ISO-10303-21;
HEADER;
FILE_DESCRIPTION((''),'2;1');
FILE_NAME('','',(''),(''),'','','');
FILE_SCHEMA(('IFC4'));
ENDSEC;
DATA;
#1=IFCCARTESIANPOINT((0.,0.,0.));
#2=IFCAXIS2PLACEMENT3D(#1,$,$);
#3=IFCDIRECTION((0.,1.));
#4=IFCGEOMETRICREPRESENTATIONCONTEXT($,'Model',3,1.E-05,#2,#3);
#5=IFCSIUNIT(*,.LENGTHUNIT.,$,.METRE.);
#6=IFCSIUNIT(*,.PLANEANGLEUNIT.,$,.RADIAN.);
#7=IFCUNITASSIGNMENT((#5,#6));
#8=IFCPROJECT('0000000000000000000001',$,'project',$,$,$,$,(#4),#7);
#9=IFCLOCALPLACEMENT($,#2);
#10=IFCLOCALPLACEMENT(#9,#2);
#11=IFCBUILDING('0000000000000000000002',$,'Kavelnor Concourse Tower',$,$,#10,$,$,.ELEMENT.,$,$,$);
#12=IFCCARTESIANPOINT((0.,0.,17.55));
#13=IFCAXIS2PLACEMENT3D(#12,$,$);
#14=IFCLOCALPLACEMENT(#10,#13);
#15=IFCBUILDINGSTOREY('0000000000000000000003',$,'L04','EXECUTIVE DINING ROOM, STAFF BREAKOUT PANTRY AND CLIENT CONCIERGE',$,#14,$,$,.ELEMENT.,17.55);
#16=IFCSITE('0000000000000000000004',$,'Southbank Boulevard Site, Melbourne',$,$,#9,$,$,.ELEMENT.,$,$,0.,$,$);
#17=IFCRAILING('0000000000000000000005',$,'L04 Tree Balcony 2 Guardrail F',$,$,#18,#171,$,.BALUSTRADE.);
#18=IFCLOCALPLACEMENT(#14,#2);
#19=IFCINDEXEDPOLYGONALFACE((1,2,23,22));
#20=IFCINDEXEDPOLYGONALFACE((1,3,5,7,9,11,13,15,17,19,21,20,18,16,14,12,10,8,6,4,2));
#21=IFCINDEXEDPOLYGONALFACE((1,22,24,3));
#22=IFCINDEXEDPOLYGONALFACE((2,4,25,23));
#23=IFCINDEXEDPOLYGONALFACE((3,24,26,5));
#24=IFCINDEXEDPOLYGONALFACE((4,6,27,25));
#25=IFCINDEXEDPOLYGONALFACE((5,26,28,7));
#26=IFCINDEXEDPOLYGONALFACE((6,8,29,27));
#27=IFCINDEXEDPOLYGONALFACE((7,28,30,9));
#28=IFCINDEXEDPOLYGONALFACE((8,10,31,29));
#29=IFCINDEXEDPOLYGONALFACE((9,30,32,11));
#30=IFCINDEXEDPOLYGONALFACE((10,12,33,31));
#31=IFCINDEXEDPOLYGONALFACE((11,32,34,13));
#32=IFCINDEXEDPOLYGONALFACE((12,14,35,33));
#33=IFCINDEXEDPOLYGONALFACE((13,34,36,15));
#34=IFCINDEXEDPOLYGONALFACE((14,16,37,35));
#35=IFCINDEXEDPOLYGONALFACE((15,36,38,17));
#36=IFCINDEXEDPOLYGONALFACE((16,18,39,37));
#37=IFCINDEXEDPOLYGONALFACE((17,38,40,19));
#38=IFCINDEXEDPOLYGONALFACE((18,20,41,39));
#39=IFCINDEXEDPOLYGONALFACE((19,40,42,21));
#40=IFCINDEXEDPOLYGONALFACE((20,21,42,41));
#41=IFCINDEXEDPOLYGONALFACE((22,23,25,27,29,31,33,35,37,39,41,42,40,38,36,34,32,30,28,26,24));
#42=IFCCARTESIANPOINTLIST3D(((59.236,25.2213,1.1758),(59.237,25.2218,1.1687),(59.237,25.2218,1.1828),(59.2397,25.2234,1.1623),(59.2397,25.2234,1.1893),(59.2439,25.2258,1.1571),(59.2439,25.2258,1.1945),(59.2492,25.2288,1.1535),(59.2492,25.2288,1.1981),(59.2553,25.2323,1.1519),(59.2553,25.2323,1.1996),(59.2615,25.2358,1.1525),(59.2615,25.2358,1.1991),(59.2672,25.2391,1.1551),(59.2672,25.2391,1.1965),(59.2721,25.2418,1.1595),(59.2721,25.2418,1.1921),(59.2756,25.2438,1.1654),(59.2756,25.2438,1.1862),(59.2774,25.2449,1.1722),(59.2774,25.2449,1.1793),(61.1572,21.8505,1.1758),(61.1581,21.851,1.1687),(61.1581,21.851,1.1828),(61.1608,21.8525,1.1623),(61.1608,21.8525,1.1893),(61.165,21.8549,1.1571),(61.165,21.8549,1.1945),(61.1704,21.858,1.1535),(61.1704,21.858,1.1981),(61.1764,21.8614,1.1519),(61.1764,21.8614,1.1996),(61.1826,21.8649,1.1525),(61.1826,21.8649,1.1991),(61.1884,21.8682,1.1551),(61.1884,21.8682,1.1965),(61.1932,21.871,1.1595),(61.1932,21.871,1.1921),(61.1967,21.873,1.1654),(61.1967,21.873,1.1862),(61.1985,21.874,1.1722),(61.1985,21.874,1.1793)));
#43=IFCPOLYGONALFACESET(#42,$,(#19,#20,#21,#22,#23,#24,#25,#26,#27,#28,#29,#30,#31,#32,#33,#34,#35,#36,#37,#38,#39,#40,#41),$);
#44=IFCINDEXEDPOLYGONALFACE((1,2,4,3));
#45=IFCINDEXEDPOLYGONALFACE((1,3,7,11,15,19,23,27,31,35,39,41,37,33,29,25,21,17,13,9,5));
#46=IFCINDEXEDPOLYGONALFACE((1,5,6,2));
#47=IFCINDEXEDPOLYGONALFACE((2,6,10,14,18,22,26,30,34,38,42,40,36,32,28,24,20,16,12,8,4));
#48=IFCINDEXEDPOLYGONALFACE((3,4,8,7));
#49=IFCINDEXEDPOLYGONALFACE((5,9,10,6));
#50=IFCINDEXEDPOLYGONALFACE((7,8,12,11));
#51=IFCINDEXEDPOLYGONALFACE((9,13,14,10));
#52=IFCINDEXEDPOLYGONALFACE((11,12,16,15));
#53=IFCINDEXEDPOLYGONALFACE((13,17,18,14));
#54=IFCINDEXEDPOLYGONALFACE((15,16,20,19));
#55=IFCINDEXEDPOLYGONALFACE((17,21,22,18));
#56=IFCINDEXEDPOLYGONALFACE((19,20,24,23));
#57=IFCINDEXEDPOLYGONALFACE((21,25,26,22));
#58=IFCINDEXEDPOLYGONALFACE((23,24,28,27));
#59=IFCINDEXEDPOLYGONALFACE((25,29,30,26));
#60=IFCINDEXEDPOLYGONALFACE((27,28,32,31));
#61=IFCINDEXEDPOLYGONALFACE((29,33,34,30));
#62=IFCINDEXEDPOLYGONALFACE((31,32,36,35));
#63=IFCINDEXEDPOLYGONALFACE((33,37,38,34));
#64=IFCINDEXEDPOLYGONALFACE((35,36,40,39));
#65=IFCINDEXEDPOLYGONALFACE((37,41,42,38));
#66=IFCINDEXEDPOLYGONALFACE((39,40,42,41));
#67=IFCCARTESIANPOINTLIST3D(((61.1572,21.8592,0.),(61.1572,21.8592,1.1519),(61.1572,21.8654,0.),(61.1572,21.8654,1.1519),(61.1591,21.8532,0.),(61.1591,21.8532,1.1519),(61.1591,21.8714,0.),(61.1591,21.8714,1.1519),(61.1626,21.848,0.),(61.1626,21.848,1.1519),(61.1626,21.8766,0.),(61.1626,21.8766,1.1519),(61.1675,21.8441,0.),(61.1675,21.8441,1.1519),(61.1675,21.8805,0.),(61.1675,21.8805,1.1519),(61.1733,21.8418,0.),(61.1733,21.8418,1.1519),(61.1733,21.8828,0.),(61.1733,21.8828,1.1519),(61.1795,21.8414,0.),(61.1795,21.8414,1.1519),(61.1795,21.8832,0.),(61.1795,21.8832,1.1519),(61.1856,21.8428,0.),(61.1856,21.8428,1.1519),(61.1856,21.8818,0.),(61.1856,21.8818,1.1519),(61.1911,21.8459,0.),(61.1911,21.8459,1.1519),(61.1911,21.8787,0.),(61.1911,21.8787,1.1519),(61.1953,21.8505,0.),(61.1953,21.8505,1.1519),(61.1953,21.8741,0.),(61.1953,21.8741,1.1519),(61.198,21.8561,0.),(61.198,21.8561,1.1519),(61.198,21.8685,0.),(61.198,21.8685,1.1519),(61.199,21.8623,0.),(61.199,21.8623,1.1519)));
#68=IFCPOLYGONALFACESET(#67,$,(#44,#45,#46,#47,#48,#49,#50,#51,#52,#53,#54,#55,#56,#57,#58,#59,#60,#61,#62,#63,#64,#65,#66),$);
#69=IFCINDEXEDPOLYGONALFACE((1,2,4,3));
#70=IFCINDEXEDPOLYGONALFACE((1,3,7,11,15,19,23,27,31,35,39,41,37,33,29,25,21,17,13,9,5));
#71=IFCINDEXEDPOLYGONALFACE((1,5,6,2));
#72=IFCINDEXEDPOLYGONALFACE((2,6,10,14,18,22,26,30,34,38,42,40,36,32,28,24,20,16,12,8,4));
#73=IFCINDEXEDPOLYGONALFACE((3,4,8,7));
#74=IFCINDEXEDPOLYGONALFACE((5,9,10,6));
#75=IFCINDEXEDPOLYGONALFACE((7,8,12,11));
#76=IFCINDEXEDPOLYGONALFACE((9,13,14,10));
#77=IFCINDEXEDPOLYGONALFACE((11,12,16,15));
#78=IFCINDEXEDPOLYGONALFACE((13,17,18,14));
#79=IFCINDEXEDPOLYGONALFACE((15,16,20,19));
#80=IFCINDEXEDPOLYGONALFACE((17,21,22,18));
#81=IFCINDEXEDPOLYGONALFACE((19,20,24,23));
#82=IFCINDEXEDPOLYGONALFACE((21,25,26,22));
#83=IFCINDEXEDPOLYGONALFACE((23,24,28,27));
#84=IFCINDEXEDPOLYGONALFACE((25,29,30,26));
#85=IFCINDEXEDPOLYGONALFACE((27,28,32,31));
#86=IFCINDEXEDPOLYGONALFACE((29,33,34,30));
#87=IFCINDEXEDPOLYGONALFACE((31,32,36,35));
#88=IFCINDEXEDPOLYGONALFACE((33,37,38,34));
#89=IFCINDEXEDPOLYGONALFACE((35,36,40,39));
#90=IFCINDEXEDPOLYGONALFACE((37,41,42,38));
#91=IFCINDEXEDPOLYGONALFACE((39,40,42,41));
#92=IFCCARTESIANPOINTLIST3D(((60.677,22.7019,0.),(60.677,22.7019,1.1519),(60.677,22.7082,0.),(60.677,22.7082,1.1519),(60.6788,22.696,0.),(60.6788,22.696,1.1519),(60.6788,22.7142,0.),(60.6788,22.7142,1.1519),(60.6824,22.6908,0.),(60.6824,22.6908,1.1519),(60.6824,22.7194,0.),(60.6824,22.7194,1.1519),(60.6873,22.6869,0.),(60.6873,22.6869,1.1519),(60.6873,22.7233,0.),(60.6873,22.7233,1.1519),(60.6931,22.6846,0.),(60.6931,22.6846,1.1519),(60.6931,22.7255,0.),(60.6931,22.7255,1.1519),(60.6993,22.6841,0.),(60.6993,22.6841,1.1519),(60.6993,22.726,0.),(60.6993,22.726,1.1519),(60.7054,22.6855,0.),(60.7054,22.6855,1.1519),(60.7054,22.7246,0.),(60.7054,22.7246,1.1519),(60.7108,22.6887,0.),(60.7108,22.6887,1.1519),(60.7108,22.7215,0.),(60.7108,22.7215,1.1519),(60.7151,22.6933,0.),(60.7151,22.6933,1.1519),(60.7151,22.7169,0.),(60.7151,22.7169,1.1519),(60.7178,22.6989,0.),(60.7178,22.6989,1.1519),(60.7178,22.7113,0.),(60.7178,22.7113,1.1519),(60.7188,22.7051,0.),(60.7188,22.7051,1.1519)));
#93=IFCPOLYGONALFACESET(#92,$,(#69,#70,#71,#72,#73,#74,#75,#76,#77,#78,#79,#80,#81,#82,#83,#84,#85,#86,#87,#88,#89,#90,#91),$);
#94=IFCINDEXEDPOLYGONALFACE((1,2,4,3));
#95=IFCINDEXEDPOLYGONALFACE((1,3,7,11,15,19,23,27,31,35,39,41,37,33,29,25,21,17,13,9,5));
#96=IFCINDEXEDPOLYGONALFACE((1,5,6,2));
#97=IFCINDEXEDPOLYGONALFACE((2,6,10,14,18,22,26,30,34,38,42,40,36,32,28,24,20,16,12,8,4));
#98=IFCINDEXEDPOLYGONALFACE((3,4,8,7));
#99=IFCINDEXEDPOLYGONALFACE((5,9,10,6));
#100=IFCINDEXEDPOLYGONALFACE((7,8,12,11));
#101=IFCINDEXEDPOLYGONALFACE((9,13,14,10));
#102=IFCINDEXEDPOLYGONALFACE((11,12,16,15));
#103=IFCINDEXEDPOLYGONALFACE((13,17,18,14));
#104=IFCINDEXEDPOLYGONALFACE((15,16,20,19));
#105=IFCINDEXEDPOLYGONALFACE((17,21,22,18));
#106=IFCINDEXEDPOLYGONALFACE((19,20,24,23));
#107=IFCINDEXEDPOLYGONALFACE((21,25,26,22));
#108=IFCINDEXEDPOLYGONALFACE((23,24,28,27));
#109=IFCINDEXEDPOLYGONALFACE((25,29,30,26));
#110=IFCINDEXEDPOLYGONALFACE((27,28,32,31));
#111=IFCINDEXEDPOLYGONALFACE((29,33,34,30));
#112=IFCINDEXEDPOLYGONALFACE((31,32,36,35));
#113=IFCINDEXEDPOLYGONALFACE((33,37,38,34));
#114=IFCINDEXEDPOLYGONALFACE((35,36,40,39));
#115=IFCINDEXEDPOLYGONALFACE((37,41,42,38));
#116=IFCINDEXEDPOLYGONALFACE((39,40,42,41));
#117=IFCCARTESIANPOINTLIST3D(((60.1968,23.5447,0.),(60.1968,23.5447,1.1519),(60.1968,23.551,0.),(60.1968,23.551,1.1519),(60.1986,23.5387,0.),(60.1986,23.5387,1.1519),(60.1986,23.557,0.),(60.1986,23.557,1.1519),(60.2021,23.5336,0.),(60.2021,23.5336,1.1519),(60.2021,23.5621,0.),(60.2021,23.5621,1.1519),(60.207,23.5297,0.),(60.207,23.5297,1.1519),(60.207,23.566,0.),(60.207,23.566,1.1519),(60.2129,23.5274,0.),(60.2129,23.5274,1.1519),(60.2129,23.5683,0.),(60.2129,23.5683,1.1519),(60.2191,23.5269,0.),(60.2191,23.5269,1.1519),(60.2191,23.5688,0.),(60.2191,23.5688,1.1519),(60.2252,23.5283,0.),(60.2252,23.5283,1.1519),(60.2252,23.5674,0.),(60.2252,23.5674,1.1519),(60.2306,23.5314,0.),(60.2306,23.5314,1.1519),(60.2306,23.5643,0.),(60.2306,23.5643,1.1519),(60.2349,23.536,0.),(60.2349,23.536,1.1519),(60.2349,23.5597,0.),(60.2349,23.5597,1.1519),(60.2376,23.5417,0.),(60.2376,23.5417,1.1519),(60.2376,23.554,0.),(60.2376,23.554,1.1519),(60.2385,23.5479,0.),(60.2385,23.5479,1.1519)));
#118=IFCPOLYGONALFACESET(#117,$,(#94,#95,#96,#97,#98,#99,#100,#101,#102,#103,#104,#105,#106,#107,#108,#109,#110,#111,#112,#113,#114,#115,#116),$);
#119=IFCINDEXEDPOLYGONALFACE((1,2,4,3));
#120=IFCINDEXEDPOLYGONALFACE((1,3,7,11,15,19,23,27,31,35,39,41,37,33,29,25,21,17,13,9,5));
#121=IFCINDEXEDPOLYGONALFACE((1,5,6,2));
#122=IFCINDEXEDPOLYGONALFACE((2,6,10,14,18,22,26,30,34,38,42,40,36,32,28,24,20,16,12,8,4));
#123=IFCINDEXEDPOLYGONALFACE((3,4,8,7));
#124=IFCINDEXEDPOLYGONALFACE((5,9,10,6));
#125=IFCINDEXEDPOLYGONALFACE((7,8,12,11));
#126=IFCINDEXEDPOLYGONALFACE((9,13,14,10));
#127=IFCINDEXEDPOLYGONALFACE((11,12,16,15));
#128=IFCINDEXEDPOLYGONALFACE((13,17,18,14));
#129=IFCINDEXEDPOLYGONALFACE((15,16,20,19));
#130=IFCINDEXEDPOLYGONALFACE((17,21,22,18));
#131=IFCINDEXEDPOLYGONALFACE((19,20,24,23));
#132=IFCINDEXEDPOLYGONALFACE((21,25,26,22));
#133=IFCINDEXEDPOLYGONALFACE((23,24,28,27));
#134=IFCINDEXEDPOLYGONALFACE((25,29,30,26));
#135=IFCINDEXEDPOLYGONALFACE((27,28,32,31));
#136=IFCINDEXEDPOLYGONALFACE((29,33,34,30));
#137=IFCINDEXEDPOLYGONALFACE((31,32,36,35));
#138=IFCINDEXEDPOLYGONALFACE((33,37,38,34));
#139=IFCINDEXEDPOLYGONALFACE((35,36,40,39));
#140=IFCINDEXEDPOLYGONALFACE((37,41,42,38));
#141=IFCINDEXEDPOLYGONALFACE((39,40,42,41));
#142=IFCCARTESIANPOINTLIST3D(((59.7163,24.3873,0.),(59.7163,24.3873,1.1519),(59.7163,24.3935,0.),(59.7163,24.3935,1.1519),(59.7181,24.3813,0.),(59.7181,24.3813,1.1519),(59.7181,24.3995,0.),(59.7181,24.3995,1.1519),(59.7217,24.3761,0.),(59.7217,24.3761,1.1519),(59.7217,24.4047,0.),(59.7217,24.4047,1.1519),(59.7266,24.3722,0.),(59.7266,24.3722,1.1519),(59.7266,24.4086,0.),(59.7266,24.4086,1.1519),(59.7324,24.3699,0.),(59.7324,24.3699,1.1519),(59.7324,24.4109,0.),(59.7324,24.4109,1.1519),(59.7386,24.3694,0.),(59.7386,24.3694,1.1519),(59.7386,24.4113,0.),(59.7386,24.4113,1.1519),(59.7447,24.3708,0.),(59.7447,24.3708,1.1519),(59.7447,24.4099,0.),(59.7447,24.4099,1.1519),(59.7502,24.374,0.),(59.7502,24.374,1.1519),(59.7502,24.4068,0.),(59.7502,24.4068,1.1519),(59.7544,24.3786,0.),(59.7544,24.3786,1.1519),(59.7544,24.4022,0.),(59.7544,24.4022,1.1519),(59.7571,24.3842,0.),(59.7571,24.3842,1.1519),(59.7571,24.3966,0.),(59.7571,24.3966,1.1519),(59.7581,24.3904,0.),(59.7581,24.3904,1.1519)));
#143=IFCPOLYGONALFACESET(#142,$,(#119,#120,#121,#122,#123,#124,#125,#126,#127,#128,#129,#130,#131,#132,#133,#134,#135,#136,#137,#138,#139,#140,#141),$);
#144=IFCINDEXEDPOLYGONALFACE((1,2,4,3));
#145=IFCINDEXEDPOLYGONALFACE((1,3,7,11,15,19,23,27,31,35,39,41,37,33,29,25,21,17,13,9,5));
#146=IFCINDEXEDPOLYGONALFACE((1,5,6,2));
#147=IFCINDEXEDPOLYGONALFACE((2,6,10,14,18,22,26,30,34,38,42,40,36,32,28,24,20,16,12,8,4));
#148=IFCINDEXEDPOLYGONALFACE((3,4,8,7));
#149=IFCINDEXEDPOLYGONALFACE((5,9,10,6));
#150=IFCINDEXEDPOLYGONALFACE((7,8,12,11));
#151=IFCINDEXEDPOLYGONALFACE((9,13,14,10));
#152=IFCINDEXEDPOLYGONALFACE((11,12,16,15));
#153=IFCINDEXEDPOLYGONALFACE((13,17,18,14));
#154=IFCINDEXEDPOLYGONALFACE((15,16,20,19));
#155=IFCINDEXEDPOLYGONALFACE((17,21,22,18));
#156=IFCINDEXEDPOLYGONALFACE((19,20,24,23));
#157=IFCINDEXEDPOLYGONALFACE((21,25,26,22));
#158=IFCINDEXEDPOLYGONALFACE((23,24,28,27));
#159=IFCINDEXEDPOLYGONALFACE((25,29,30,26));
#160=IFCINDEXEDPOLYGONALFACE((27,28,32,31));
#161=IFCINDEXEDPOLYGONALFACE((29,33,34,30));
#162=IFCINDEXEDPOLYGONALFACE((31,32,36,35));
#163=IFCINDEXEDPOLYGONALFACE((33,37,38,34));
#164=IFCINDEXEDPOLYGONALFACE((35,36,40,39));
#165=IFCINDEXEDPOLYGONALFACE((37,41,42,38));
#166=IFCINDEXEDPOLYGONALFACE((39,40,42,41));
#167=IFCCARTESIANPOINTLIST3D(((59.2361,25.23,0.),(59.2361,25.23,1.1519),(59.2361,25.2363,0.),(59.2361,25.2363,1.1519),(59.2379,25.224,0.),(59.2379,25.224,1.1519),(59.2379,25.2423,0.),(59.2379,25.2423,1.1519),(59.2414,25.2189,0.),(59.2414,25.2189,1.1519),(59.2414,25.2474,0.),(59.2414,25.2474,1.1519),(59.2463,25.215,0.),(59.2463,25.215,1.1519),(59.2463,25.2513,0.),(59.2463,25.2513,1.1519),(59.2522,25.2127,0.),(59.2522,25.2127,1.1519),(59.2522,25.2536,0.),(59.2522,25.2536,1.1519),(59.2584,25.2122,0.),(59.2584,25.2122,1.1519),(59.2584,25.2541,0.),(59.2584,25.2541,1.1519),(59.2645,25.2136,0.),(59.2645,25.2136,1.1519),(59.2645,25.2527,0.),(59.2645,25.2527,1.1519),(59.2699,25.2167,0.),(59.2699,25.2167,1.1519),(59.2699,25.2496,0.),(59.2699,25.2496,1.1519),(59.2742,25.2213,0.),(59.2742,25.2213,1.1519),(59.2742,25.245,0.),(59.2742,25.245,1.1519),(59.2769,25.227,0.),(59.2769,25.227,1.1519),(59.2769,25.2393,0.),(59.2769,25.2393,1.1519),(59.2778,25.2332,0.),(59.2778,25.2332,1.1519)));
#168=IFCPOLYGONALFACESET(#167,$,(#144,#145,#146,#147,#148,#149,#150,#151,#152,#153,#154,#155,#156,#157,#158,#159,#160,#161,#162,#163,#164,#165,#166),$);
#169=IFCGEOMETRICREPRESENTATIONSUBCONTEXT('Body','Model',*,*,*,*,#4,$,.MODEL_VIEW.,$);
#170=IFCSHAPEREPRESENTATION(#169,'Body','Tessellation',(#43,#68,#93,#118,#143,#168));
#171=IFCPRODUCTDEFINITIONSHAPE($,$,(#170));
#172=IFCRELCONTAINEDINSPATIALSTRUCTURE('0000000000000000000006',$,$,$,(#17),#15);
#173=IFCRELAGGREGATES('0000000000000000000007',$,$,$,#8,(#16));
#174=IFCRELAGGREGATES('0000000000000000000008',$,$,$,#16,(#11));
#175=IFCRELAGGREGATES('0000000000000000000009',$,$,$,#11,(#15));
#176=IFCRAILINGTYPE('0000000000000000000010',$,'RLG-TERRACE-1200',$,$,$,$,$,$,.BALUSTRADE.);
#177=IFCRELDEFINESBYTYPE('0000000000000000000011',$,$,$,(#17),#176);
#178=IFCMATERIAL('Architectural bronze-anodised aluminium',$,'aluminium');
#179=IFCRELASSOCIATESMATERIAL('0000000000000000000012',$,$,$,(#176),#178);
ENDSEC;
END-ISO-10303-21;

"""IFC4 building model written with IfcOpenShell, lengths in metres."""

from ifc_helpers import new_model, si_unit, direction, frame, origin, origin_2d, place, context, subcontext, project, spatial, circle, extrude, material, type_object, element, save


model = new_model("IFC4")

# Units and contexts
model_context = context("Model", 3, precision=1e-05, world=origin(), true_north=direction((0.0, 1.0)))
body_context = subcontext(model_context, "Body", "Model", "MODEL_VIEW")
ifc_project = project(units=[si_unit("LENGTHUNIT", "METRE"), si_unit("PLANEANGLEUNIT", "RADIAN")], contexts=[model_context])

# Site, building, storey
site_placement = place(None, origin())
site = spatial("IfcSite", under=ifc_project, at=site_placement, Name="Southbank Boulevard Site, Melbourne", CompositionType="ELEMENT", RefElevation=0.0)
building_placement = place(site_placement, origin())
building = spatial("IfcBuilding", under=site, at=building_placement, Name="Kavelnor Concourse Tower", CompositionType="ELEMENT")
storey_placement = place(building_placement, frame((0.0, 0.0, 17.55)))
storey = spatial("IfcBuildingStorey", under=building, at=storey_placement, Name="L04", Description="EXECUTIVE DINING ROOM, STAFF BREAKOUT PANTRY AND CLIENT CONCIERGE", CompositionType="ELEMENT", Elevation=17.55)

# Railing
ifc_material_1 = material(Name="Architectural bronze-anodised aluminium", Category="aluminium")
railing_type_1 = type_object("IfcRailingType", Name="RLG-TERRACE-1200", PredefinedType="BALUSTRADE", material=ifc_material_1)
railing_1_placement = place(storey_placement, frame((61.178, 21.8623, 0.0)))
element("IfcRailing", 1, at=railing_1_placement, inside=storey, type_object=railing_type_1, Name="L04 Tree Balcony 2 Guardrail F", PredefinedType="BALUSTRADE", context=body_context, shape_type="SweptSolid", body=[
    extrude(circle(Radius=0.0239, at=origin_2d()), frame((0.0, 0.0, 1.1758), z_axis=(-0.495156, 0.868804, 0.0), x_axis=(-0.868804, -0.495156, 0.0)), (0.0, 0.0, 1.0), 3.8799),
    extrude(circle(Radius=0.021, at=origin_2d()), origin(), (0.0, 0.0, 1.0), 1.1519),
    extrude(circle(Radius=0.021, at=origin_2d()), frame((-0.4802, 0.8428, 0.0)), (0.0, 0.0, 1.0), 1.1519),
    extrude(circle(Radius=0.021, at=origin_2d()), frame((-0.9604, 1.6855, 0.0)), (0.0, 0.0, 1.0), 1.1519),
    extrude(circle(Radius=0.021, at=origin_2d()), frame((-1.4409, 2.5281, 0.0)), (0.0, 0.0, 1.0), 1.1519),
    extrude(circle(Radius=0.021, at=origin_2d()), frame((-1.9211, 3.3708, 0.0)), (0.0, 0.0, 1.0), 1.1519),
])

save(model, "model.ifc")
